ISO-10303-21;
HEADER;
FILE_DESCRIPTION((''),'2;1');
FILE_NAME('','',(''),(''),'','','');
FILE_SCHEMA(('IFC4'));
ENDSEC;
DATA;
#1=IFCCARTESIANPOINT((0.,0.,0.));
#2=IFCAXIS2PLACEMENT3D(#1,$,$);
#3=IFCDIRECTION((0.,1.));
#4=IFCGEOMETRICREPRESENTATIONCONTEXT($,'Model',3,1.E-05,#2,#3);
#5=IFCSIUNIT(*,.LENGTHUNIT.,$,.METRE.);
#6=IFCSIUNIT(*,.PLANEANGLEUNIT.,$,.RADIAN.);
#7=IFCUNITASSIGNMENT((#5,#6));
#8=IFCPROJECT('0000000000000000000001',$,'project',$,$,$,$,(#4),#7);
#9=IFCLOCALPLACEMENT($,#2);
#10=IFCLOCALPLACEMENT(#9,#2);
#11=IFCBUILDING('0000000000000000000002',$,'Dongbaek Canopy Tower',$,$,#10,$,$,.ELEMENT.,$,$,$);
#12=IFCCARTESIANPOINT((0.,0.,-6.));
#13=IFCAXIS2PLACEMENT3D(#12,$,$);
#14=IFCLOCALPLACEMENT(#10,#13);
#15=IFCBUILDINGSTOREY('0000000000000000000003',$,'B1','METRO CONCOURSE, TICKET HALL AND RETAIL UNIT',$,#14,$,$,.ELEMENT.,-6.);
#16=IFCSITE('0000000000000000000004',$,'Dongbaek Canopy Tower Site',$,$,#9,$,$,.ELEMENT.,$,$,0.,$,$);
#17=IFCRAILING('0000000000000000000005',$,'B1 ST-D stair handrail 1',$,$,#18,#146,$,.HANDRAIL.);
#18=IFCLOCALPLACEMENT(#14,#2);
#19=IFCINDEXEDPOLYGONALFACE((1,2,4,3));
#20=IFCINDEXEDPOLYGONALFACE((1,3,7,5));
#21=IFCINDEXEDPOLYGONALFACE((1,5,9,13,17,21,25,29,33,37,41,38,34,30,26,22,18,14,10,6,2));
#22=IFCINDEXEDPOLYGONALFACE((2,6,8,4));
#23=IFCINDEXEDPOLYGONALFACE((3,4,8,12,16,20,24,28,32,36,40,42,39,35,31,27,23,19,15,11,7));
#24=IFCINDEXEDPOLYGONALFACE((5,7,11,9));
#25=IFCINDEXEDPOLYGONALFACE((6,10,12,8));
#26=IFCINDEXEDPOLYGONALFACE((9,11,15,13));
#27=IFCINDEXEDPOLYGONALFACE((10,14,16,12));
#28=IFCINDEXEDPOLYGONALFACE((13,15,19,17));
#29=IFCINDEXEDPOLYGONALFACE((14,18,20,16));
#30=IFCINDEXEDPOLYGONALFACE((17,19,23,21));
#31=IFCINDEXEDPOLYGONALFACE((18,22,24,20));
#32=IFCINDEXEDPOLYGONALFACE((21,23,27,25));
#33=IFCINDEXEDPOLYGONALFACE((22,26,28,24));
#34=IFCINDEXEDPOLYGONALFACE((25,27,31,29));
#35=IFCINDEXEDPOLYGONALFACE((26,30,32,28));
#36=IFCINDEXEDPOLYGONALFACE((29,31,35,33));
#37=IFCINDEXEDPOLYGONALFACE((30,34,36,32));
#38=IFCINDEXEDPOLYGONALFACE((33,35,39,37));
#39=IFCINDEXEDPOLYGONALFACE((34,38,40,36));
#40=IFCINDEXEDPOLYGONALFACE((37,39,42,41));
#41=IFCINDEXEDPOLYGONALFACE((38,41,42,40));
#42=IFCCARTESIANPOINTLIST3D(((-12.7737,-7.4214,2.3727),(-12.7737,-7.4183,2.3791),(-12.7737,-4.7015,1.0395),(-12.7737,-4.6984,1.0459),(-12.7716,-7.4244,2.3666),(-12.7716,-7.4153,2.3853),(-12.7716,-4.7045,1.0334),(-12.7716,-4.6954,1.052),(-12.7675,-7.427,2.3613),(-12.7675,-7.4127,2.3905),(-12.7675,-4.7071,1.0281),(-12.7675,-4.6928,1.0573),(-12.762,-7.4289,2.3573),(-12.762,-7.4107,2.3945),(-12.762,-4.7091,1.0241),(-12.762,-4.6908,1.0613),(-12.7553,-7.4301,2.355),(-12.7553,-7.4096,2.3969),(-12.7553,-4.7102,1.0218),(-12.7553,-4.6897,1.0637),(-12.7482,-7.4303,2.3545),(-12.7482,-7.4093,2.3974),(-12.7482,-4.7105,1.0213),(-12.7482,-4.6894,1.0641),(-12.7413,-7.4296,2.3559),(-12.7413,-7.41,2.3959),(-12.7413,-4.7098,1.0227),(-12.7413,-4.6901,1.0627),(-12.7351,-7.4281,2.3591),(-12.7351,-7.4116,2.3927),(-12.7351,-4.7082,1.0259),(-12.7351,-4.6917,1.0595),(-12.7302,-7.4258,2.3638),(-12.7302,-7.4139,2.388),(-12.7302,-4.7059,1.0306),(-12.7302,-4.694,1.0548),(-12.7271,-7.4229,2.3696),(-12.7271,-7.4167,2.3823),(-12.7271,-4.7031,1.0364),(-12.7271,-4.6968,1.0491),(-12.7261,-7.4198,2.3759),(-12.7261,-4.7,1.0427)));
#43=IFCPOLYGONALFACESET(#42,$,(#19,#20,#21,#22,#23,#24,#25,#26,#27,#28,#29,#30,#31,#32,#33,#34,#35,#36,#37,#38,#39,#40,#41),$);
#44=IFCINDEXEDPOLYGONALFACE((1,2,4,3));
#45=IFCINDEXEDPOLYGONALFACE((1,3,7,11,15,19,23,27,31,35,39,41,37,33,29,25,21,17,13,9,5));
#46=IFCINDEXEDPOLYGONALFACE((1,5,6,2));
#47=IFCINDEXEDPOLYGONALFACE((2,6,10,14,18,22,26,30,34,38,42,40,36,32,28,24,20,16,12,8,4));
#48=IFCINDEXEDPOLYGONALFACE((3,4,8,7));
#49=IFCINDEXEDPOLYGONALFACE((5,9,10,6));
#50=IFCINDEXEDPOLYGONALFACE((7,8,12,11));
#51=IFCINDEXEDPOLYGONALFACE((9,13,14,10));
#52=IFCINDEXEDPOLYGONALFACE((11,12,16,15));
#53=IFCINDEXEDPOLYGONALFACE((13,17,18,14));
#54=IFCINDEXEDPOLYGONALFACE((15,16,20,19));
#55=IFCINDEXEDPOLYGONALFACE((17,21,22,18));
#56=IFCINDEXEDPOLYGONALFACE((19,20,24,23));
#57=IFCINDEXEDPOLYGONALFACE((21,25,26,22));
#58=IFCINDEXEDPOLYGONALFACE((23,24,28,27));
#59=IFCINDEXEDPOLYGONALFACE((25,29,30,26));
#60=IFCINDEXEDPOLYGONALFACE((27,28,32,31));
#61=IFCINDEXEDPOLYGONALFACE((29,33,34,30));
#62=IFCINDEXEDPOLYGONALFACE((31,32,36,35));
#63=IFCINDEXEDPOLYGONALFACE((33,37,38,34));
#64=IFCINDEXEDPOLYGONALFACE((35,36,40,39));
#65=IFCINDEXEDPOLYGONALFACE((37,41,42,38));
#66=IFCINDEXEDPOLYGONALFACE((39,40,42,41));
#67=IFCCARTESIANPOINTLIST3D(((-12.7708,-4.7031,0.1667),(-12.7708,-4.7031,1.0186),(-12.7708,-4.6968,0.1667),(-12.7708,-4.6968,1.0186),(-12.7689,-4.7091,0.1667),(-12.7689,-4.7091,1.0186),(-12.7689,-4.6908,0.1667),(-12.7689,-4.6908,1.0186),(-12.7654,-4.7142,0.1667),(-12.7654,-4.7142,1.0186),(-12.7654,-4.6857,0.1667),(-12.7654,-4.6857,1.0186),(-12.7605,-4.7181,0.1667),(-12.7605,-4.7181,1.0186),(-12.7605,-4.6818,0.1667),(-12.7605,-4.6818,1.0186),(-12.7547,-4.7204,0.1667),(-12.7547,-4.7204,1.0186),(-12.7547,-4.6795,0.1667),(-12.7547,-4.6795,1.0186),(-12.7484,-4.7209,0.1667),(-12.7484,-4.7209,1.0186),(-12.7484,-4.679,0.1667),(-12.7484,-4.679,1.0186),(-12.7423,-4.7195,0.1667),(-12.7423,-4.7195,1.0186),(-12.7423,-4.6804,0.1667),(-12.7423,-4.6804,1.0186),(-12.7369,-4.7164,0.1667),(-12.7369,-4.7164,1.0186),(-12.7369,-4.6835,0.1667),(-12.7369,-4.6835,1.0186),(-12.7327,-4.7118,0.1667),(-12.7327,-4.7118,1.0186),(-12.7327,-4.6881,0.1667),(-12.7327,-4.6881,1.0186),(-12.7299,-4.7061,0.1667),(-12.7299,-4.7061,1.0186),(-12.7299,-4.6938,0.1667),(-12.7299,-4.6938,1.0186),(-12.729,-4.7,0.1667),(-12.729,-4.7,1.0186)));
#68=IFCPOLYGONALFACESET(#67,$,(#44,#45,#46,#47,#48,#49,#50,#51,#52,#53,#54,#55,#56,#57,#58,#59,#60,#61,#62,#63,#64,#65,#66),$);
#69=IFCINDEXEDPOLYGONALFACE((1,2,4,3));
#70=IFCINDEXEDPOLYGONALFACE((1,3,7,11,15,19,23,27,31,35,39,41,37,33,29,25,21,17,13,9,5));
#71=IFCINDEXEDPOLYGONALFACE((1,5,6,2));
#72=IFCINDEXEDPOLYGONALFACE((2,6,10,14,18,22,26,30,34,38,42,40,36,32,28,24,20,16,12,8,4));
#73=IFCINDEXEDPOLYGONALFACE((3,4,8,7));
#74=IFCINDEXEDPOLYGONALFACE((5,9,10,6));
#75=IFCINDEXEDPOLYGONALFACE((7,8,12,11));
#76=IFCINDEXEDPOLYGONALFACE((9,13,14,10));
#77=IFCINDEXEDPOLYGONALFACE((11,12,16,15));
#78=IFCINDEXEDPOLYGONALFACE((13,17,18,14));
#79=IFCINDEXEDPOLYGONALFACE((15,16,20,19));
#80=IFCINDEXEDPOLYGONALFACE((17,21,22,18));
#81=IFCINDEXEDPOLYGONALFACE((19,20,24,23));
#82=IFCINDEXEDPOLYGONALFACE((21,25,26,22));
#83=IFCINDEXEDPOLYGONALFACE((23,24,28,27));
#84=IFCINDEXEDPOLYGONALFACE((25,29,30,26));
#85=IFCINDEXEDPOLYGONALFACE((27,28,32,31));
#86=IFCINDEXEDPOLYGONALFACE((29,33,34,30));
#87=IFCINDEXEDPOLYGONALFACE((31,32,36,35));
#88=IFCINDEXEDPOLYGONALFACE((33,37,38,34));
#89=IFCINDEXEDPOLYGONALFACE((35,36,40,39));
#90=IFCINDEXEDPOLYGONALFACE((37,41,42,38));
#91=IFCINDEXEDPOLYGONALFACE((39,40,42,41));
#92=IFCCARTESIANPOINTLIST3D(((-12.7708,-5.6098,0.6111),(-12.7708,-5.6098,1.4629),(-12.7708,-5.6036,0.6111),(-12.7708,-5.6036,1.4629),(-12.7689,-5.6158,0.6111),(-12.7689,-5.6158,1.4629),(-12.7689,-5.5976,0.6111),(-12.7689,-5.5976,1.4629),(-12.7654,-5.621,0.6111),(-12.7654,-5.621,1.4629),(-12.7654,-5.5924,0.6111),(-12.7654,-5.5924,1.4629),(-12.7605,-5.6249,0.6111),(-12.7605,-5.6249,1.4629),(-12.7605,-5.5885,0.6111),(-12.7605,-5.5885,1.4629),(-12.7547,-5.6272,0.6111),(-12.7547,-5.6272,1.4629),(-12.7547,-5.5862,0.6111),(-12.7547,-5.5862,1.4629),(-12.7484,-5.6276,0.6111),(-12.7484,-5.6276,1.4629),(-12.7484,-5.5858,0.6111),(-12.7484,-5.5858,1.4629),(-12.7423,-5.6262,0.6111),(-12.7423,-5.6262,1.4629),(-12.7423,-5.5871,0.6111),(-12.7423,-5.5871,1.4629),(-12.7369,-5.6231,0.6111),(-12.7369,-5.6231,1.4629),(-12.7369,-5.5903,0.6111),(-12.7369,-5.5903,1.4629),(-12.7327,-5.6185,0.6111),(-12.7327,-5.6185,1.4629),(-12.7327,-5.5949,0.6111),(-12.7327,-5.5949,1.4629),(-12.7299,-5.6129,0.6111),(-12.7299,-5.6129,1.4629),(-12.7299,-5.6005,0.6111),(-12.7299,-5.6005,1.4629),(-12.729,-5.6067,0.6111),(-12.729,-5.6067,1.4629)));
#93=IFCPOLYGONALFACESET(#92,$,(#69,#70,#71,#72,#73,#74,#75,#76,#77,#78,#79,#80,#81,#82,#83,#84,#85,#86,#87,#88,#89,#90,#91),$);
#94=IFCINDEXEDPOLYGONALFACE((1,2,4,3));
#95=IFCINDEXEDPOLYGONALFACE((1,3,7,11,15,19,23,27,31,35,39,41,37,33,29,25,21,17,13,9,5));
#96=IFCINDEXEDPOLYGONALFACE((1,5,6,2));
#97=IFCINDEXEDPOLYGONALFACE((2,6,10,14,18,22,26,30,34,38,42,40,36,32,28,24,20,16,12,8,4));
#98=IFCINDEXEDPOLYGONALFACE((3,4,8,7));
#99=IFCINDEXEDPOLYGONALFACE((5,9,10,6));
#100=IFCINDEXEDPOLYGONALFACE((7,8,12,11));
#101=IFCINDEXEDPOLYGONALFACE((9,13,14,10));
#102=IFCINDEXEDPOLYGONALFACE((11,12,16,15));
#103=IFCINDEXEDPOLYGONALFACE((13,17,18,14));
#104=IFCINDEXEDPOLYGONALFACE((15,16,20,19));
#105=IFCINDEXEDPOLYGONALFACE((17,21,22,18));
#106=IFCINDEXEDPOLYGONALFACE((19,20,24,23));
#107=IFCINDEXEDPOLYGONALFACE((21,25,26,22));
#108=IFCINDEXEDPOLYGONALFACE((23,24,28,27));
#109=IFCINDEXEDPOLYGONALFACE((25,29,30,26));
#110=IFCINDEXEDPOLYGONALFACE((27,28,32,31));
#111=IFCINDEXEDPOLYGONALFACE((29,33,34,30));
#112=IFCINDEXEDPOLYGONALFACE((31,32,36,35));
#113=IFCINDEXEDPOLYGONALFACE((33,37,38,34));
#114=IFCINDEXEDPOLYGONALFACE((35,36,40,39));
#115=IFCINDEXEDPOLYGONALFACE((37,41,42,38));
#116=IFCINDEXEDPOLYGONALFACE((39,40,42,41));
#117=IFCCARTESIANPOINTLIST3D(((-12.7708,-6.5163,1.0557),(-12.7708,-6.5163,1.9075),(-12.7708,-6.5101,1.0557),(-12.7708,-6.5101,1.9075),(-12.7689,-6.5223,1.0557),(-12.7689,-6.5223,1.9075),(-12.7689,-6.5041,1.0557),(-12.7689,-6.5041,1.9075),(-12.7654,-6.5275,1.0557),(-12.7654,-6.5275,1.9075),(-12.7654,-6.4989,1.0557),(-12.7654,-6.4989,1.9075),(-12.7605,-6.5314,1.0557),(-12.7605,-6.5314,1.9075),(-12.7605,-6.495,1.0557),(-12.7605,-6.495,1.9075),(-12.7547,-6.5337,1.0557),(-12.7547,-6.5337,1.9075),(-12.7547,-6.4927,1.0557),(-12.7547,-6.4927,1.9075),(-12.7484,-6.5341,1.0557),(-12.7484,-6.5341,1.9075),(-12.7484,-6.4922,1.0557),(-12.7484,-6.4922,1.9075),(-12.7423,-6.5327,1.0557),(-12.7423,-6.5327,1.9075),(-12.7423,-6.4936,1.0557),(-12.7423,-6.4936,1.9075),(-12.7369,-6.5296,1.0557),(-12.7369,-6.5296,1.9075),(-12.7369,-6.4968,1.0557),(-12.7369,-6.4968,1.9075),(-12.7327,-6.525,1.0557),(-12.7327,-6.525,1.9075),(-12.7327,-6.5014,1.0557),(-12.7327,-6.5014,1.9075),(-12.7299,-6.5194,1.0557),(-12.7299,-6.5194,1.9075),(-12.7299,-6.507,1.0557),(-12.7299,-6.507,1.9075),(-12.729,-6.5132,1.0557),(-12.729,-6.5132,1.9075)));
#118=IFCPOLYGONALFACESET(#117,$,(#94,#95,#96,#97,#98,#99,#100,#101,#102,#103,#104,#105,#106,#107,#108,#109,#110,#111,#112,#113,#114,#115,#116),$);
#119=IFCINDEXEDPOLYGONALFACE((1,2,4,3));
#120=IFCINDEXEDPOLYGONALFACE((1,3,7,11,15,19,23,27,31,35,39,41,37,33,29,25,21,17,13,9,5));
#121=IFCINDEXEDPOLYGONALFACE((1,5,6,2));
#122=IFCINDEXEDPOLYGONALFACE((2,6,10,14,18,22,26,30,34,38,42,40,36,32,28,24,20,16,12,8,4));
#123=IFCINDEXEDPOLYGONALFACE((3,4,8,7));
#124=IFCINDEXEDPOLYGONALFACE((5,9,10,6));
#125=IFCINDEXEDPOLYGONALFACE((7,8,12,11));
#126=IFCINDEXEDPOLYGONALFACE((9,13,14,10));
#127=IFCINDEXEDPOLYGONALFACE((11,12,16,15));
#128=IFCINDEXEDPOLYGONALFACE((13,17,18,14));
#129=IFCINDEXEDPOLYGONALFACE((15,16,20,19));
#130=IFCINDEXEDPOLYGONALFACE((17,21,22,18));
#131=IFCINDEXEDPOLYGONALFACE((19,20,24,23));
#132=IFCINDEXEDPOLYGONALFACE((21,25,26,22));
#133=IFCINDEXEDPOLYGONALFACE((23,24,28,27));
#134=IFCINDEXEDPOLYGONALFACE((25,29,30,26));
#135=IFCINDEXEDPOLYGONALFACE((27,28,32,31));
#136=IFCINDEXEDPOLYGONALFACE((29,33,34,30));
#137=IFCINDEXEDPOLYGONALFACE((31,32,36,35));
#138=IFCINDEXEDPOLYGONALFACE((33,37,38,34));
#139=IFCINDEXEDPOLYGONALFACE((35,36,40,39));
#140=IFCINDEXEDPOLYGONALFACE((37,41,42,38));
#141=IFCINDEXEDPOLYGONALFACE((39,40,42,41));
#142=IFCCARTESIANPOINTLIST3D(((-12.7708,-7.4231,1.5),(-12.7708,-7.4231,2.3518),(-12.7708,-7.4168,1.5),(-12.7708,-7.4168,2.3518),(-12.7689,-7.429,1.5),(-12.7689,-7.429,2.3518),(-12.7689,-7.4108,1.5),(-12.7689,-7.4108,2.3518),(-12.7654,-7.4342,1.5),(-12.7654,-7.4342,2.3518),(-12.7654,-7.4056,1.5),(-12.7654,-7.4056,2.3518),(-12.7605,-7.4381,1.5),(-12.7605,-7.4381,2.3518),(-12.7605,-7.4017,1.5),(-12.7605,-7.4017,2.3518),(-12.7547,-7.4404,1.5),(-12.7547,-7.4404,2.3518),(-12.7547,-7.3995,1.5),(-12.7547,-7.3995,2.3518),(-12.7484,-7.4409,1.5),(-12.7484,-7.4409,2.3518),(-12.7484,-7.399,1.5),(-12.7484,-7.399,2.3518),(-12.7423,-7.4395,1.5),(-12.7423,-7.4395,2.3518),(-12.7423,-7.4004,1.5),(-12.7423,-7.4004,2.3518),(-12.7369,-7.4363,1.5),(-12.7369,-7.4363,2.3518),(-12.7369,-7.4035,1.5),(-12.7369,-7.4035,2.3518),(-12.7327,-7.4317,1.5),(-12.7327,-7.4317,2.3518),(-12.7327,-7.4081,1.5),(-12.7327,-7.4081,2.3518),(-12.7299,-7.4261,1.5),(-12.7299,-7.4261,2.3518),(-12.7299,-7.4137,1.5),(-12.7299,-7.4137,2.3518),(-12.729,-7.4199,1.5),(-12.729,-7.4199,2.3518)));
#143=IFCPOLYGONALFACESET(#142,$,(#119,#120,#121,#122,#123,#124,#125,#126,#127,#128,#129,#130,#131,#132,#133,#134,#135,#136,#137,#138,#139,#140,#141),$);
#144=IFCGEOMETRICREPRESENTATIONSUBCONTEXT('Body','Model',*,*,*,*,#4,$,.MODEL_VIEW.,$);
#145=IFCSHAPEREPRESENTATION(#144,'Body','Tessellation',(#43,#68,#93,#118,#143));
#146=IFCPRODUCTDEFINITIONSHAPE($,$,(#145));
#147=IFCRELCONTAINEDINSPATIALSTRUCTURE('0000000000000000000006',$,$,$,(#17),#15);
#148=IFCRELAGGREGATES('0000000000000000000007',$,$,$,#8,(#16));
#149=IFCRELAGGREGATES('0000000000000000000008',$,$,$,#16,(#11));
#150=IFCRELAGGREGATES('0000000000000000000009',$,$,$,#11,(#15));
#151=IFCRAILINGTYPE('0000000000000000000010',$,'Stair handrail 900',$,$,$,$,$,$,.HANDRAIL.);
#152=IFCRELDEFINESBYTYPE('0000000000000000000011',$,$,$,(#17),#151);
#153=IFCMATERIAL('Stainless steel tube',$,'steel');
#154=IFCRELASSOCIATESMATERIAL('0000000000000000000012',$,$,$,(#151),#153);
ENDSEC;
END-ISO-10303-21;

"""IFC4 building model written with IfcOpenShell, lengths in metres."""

from ifc_helpers import new_model, si_unit, direction, frame, origin, origin_2d, place, context, subcontext, project, spatial, circle, extrude, material, type_object, element, save


model = new_model("IFC4")

# Units and contexts
model_context = context("Model", 3, precision=1e-05, world=origin(), true_north=direction((0.0, 1.0)))
body_context = subcontext(model_context, "Body", "Model", "MODEL_VIEW")
ifc_project = project(units=[si_unit("LENGTHUNIT", "METRE"), si_unit("PLANEANGLEUNIT", "RADIAN")], contexts=[model_context])

# Site, building, storey
site_placement = place(None, origin())
site = spatial("IfcSite", under=ifc_project, at=site_placement, Name="Dongbaek Canopy Tower Site", CompositionType="ELEMENT", RefElevation=0.0)
building_placement = place(site_placement, origin())
building = spatial("IfcBuilding", under=site, at=building_placement, Name="Dongbaek Canopy Tower", CompositionType="ELEMENT")
storey_placement = place(building_placement, frame((0.0, 0.0, -6.0)))
storey = spatial("IfcBuildingStorey", under=building, at=storey_placement, Name="B1", Description="METRO CONCOURSE, TICKET HALL AND RETAIL UNIT", CompositionType="ELEMENT", Elevation=-6.0)

# Railing
ifc_material_1 = material(Name="Stainless steel tube", Category="steel")
railing_type_1 = type_object("IfcRailingType", Name="Stair handrail 900", PredefinedType="HANDRAIL", material=ifc_material_1)
railing_1_placement = place(storey_placement, frame((-12.75, -4.7, 0.1667)))
element("IfcRailing", 1, at=railing_1_placement, inside=storey, type_object=railing_type_1, Name="B1 ST-D stair handrail 1", PredefinedType="HANDRAIL", context=body_context, shape_type="SweptSolid", body=[
    extrude(circle(Radius=0.0239, at=origin_2d()), frame((0.0, 0.0, 0.876), z_axis=(0.0, -0.897929, 0.440139), x_axis=(1.0, 0.0, 0.0)), (0.0, 0.0, 1.0), 3.0291),
    extrude(circle(Radius=0.021, at=origin_2d()), origin(), (0.0, 0.0, 1.0), 0.8518),
    extrude(circle(Radius=0.021, at=origin_2d()), frame((0.0, -0.9067, 0.4443)), (0.0, 0.0, 1.0), 0.8518),
    extrude(circle(Radius=0.021, at=origin_2d()), frame((0.0, -1.8132, 0.8889)), (0.0, 0.0, 1.0), 0.8518),
    extrude(circle(Radius=0.021, at=origin_2d()), frame((0.0, -2.72, 1.3333)), (0.0, 0.0, 1.0), 0.8518),
])

save(model, "model.ifc")
